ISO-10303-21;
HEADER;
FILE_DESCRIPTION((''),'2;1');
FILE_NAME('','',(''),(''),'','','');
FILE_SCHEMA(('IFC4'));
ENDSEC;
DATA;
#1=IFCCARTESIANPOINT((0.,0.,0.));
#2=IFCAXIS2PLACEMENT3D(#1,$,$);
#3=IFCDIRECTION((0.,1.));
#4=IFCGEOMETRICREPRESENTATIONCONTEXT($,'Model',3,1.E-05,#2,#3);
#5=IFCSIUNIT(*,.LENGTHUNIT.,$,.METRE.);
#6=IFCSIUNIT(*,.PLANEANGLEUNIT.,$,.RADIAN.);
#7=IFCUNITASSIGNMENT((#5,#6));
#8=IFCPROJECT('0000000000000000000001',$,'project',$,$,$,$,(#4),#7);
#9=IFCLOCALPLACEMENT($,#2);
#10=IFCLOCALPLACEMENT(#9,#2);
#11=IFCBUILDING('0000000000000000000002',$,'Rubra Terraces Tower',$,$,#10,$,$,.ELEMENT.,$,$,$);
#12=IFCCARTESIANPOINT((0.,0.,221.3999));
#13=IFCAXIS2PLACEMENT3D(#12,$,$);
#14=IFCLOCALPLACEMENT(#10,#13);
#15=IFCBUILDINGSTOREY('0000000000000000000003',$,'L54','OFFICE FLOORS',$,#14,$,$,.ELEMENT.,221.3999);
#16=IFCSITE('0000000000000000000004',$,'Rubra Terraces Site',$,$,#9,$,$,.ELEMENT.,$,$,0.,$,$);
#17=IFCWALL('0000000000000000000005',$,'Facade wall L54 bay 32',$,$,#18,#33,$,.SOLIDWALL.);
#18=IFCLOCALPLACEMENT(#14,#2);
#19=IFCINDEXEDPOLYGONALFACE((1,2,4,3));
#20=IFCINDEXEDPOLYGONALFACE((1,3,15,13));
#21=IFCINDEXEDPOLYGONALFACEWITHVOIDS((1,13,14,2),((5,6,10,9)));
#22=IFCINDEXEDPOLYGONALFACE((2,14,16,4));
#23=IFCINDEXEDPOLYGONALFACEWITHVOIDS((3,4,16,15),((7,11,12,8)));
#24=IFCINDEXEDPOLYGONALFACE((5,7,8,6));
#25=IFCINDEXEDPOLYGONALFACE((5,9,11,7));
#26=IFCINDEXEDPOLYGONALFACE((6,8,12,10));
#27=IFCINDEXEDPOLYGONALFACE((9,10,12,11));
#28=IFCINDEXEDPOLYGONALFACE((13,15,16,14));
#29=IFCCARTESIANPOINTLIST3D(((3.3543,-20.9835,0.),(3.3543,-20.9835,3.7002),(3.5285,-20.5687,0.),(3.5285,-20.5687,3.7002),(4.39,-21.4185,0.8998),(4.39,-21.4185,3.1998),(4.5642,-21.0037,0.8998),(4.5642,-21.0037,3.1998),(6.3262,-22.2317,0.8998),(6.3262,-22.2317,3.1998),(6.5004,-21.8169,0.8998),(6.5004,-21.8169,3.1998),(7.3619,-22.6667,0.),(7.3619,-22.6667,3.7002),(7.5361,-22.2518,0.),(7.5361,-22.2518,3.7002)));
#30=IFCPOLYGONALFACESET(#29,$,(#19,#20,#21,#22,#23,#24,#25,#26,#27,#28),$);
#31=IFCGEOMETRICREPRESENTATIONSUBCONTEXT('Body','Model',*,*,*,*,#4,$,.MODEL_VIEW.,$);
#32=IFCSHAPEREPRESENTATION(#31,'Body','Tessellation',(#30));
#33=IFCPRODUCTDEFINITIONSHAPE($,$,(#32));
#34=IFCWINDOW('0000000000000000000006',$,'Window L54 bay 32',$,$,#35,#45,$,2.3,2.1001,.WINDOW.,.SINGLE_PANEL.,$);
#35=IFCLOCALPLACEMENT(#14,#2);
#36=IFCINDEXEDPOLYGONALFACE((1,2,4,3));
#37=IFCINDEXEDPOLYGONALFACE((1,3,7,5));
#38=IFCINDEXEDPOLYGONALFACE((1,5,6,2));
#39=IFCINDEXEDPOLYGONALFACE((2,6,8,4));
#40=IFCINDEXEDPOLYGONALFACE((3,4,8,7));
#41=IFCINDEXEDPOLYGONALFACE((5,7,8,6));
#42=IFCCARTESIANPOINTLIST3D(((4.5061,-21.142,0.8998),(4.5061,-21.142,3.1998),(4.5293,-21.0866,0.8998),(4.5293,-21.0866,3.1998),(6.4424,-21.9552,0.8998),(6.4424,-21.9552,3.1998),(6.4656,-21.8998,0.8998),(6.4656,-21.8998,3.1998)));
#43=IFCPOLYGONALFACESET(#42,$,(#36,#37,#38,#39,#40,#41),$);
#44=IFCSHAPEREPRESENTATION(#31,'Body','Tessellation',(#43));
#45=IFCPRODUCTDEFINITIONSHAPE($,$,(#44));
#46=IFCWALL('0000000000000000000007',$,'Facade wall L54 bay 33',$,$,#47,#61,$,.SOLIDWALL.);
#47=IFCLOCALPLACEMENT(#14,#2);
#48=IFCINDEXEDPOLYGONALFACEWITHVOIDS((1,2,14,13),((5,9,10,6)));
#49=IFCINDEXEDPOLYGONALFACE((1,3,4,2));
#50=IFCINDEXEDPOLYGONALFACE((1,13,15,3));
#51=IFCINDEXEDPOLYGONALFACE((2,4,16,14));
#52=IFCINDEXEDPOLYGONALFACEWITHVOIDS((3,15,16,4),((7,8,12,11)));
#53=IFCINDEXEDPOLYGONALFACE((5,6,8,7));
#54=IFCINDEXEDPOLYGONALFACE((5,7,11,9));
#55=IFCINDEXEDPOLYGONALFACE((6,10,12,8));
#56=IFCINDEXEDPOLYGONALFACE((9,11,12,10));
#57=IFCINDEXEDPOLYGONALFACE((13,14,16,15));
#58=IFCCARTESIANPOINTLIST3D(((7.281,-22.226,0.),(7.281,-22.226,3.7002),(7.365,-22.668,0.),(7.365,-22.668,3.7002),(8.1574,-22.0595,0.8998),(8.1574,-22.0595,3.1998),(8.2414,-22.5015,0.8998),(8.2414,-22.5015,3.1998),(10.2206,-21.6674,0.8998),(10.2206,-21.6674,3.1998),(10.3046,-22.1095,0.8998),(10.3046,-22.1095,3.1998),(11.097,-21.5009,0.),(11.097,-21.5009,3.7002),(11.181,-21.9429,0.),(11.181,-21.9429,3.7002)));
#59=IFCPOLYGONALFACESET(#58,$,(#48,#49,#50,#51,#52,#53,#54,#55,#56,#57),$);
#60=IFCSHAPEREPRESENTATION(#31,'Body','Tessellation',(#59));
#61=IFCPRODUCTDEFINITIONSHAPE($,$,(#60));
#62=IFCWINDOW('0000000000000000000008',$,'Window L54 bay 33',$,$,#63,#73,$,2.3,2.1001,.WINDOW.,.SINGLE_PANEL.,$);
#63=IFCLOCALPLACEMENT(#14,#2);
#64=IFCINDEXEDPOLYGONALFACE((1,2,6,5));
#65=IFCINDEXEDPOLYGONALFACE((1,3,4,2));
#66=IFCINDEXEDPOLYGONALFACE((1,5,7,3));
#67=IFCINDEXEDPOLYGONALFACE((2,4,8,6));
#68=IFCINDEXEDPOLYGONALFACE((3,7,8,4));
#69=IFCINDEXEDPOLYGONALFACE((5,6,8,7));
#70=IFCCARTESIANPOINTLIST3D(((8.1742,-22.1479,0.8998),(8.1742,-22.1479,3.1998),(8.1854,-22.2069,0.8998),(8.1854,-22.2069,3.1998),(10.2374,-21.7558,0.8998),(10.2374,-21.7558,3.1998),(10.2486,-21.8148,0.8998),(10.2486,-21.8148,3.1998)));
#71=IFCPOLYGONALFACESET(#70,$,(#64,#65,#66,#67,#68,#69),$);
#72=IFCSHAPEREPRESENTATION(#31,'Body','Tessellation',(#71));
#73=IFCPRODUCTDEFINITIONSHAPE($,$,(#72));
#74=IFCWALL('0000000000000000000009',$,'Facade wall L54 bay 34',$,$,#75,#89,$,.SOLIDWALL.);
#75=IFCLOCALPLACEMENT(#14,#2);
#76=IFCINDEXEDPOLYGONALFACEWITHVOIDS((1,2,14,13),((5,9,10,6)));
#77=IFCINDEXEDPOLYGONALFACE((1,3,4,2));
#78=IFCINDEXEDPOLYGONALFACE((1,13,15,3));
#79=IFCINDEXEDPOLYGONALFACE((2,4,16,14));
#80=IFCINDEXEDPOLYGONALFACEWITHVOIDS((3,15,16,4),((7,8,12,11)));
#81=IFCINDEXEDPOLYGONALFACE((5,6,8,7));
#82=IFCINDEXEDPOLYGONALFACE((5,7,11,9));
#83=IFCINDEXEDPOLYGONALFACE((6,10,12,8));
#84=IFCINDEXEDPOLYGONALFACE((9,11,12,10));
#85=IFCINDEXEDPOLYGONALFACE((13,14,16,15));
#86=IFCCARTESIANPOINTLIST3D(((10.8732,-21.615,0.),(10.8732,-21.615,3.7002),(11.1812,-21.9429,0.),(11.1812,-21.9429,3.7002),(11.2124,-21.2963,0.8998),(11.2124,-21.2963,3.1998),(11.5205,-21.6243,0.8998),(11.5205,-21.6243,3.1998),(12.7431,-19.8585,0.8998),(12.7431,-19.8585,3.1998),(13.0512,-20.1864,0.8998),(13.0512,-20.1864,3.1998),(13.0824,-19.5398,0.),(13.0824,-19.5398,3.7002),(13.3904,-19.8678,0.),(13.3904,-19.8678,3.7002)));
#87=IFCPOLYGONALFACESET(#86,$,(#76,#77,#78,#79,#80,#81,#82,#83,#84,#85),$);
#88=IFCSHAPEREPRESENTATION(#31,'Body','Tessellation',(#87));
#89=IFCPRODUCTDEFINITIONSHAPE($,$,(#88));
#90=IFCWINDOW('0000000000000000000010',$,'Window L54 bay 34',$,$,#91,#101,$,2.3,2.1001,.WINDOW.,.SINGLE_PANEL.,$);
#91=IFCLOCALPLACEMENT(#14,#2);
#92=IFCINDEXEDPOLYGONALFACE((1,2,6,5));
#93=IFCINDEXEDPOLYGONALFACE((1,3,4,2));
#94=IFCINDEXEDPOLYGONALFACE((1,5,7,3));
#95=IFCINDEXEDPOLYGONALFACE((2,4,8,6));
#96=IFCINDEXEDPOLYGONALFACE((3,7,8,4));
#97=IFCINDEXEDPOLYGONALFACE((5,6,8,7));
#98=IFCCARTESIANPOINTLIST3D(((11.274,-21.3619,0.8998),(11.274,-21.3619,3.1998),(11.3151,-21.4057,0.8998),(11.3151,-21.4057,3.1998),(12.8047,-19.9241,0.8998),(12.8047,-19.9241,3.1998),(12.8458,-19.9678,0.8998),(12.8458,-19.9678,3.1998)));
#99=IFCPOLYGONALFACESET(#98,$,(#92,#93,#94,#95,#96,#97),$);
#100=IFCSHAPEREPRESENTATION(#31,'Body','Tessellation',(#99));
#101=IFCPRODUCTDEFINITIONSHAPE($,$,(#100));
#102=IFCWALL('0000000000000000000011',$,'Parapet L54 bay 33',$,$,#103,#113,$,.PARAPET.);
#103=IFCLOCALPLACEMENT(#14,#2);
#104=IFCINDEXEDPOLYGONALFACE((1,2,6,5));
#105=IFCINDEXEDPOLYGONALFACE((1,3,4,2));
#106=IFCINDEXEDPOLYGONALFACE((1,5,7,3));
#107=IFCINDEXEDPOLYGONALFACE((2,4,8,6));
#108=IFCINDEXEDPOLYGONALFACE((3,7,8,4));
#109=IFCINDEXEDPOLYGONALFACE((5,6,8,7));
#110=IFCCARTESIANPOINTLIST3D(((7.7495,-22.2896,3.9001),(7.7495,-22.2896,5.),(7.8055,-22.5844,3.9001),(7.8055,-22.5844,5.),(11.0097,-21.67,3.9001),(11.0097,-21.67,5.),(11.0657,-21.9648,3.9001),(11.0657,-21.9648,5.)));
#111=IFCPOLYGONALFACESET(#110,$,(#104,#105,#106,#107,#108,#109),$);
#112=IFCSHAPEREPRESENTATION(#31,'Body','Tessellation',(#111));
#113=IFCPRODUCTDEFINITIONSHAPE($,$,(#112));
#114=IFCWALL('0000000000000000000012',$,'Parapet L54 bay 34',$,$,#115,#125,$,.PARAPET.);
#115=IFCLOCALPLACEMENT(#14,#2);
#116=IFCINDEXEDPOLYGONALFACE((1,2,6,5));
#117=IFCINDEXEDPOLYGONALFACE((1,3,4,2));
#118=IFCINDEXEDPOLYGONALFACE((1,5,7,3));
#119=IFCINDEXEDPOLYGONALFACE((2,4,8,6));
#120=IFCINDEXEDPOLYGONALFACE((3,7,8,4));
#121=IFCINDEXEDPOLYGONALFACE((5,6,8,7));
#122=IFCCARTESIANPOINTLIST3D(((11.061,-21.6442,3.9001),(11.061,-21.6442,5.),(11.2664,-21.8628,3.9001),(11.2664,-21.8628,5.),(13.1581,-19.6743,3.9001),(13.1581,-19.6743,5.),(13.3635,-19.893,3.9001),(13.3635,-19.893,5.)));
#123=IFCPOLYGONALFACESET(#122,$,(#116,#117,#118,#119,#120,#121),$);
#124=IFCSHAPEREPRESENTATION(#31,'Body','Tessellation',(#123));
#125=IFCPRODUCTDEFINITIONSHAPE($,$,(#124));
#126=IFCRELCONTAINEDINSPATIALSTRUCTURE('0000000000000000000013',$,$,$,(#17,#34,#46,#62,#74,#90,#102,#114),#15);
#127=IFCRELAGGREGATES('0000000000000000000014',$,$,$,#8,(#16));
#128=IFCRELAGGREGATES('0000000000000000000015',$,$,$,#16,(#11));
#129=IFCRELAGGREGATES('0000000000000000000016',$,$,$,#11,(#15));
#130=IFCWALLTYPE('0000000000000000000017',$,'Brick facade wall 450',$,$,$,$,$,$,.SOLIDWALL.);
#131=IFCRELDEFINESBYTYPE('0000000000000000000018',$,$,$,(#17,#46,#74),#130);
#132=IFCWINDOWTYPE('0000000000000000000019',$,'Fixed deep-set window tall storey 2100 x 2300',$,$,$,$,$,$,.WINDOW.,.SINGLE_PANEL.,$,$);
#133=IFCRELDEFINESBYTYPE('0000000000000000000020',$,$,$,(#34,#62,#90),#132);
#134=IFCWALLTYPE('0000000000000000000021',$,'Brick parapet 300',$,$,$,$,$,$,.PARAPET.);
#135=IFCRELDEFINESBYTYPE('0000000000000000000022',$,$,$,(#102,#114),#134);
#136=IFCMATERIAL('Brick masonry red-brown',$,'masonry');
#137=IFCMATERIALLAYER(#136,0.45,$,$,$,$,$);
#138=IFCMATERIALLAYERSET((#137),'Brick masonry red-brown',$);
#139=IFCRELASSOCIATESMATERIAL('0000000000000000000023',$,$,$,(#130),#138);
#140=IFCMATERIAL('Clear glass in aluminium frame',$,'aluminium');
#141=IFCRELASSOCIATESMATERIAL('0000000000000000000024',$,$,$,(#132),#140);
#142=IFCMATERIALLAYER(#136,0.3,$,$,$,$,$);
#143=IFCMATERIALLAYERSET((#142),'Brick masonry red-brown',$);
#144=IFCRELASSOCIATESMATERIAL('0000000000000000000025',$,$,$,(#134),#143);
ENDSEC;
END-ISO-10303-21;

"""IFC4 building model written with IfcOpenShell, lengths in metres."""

from ifc_helpers import new_model, si_unit, direction, frame, frame_2d, origin, place, context, subcontext, project, spatial, rectangle, extrude, material, layer, layer_set, type_object, element, fill, save


model = new_model("IFC4")

# Units and contexts
model_context = context("Model", 3, precision=1e-05, world=origin(), true_north=direction((0.0, 1.0)))
body_context = subcontext(model_context, "Body", "Model", "MODEL_VIEW")
ifc_project = project(units=[si_unit("LENGTHUNIT", "METRE"), si_unit("PLANEANGLEUNIT", "RADIAN")], contexts=[model_context])

# Site, building, storey
site_placement = place(None, origin())
site = spatial("IfcSite", under=ifc_project, at=site_placement, Name="Rubra Terraces Site", CompositionType="ELEMENT", RefElevation=0.0)
building_placement = place(site_placement, origin())
building = spatial("IfcBuilding", under=site, at=building_placement, Name="Rubra Terraces Tower", CompositionType="ELEMENT")
storey_placement = place(building_placement, frame((0.0, 0.0, 221.3999)))
storey = spatial("IfcBuildingStorey", under=building, at=storey_placement, Name="L54", Description="OFFICE FLOORS", CompositionType="ELEMENT", Elevation=221.3999)

# Walls, openings, windows
ifc_material_1 = material(Name="Brick masonry red-brown", Category="masonry")
ifc_layer_1 = layer(ifc_material_1, 0.45)
ifc_layer_set_1 = layer_set([ifc_layer_1], Name="Brick masonry red-brown")
wall_type_1 = type_object("IfcWallType", Name="Brick facade wall 450", PredefinedType="SOLIDWALL", material=ifc_layer_set_1)
wall_1_placement = place(storey_placement, frame((3.4414, -20.7761, 0.0), z_axis=(0.0, 0.0, 1.0), x_axis=(0.921988, -0.387218, 0.0)))
wall_1 = element("IfcWall", 1, at=wall_1_placement, inside=storey, type_object=wall_type_1, Name="Facade wall L54 bay 32", PredefinedType="SOLIDWALL", context=body_context, shape_type="SweptSolid", body=[
    extrude(rectangle(XDim=4.3467, YDim=0.45, at=frame_2d((2.1733, 0.0))), origin(), (0.0, 0.0, 1.0), 3.7002),
])
opening_1_placement = place(wall_1_placement, frame((1.1233, 0.0, 0.8999)))
opening_1 = element("IfcOpeningElement", 2, at=opening_1_placement, cuts=wall_1, PredefinedType="OPENING", context=body_context, shape_type="SweptSolid", body=[
    extrude(rectangle(XDim=2.1001, YDim=2.3, at=frame_2d((1.05, 1.1499))), frame((0.0, 0.2349, 0.0), z_axis=(0.0, -1.0, 0.0), x_axis=(1.0, 0.0, 0.0)), (0.0, 0.0, 1.0), 0.47),
])
ifc_material_2 = material(Name="Clear glass in aluminium frame", Category="aluminium")
window_type = type_object("IfcWindowType", Name="Fixed deep-set window tall storey 2100 x 2300", PartitioningType="SINGLE_PANEL", PredefinedType="WINDOW", material=ifc_material_2)
window_1_placement = place(opening_1_placement, origin())
window_1 = element("IfcWindow", 3, at=window_1_placement, inside=storey, type_object=window_type, Name="Window L54 bay 32", OverallHeight=2.3, OverallWidth=2.1001, PartitioningType="SINGLE_PANEL", PredefinedType="WINDOW", context=body_context, shape_type="SweptSolid", body=[
    extrude(rectangle(XDim=2.1001, YDim=2.3, at=frame_2d((1.05, 1.1499))), frame((0.0, 0.135, 0.0), z_axis=(0.0, -1.0, 0.0), x_axis=(1.0, 0.0, 0.0)), (0.0, 0.0, 1.0), 0.0601),
])
fill(opening_1, window_1)
wall_2_placement = place(storey_placement, frame((7.323, -22.447, 0.0), z_axis=(0.0, 0.0, 1.0), x_axis=(0.982421, 0.186679, 0.0)))
wall_2 = element("IfcWall", 4, at=wall_2_placement, inside=storey, type_object=wall_type_1, Name="Facade wall L54 bay 33", PredefinedType="SOLIDWALL", context=body_context, shape_type="SweptSolid", body=[
    extrude(rectangle(XDim=3.8843, YDim=0.45, at=frame_2d((1.9421, 0.0))), origin(), (0.0, 0.0, 1.0), 3.7002),
])
opening_2_placement = place(wall_2_placement, frame((0.8921, 0.0, 0.8999)))
opening_2 = element("IfcOpeningElement", 5, at=opening_2_placement, cuts=wall_2, PredefinedType="OPENING", context=body_context, shape_type="SweptSolid", body=[
    extrude(rectangle(XDim=2.1001, YDim=2.3, at=frame_2d((1.05, 1.1499))), frame((0.0, 0.2349, 0.0), z_axis=(0.0, -1.0, 0.0), x_axis=(1.0, 0.0, 0.0)), (0.0, 0.0, 1.0), 0.47),
])
window_2_placement = place(opening_2_placement, origin())
window_2 = element("IfcWindow", 6, at=window_2_placement, inside=storey, type_object=window_type, Name="Window L54 bay 33", OverallHeight=2.3, OverallWidth=2.1001, PartitioningType="SINGLE_PANEL", PredefinedType="WINDOW", context=body_context, shape_type="SweptSolid", body=[
    extrude(rectangle(XDim=2.1001, YDim=2.3, at=frame_2d((1.05, 1.1499))), frame((0.0, 0.135, 0.0), z_axis=(0.0, -1.0, 0.0), x_axis=(1.0, 0.0, 0.0)), (0.0, 0.0, 1.0), 0.0601),
])
fill(opening_2, window_2)
wall_3_placement = place(storey_placement, frame((11.0271, -21.7791, 0.0), z_axis=(0.0, 0.0, 1.0), x_axis=(0.728871, 0.684651, 0.0)))
wall_3 = element("IfcWall", 7, at=wall_3_placement, inside=storey, type_object=wall_type_1, Name="Facade wall L54 bay 34", PredefinedType="SOLIDWALL", context=body_context, shape_type="SweptSolid", body=[
    extrude(rectangle(XDim=3.031, YDim=0.45, at=frame_2d((1.5156, 0.0))), origin(), (0.0, 0.0, 1.0), 3.7002),
])
opening_3_placement = place(wall_3_placement, frame((0.4656, 0.0, 0.8999)))
opening_3 = element("IfcOpeningElement", 8, at=opening_3_placement, cuts=wall_3, PredefinedType="OPENING", context=body_context, shape_type="SweptSolid", body=[
    extrude(rectangle(XDim=2.1001, YDim=2.3, at=frame_2d((1.05, 1.1499))), frame((0.0, 0.2349, 0.0), z_axis=(0.0, -1.0, 0.0), x_axis=(1.0, 0.0, 0.0)), (0.0, 0.0, 1.0), 0.47),
])
window_3_placement = place(opening_3_placement, origin())
window_3 = element("IfcWindow", 9, at=window_3_placement, inside=storey, type_object=window_type, Name="Window L54 bay 34", OverallHeight=2.3, OverallWidth=2.1001, PartitioningType="SINGLE_PANEL", PredefinedType="WINDOW", context=body_context, shape_type="SweptSolid", body=[
    extrude(rectangle(XDim=2.1001, YDim=2.3, at=frame_2d((1.05, 1.1499))), frame((0.0, 0.135, 0.0), z_axis=(0.0, -1.0, 0.0), x_axis=(1.0, 0.0, 0.0)), (0.0, 0.0, 1.0), 0.0601),
])
fill(opening_3, window_3)

# Walls
ifc_layer_2 = layer(ifc_material_1, 0.3)
ifc_layer_set_2 = layer_set([ifc_layer_2], Name="Brick masonry red-brown")
wall_type_2 = type_object("IfcWallType", Name="Brick parapet 300", PredefinedType="PARAPET", material=ifc_layer_set_2)
wall_4_placement = place(storey_placement, frame((7.7776, -22.437, 3.9001), z_axis=(0.0, 0.0, 1.0), x_axis=(0.982414, 0.186713, 0.0)))
element("IfcWall", 10, at=wall_4_placement, inside=storey, type_object=wall_type_2, Name="Parapet L54 bay 33", PredefinedType="PARAPET", context=body_context, shape_type="SweptSolid", body=[
    extrude(rectangle(XDim=3.3186, YDim=0.3, at=frame_2d((1.6592, 0.0))), origin(), (0.0, 0.0, 1.0), 1.0999),
])
wall_5_placement = place(storey_placement, frame((11.1638, -21.7534, 3.9001), z_axis=(0.0, 0.0, 1.0), x_axis=(0.728865, 0.684658, 0.0)))
element("IfcWall", 11, at=wall_5_placement, inside=storey, type_object=wall_type_2, Name="Parapet L54 bay 34", PredefinedType="PARAPET", context=body_context, shape_type="SweptSolid", body=[
    extrude(rectangle(XDim=2.8772, YDim=0.3, at=frame_2d((1.4385, 0.0))), origin(), (0.0, 0.0, 1.0), 1.0999),
])

save(model, "model.ifc")
